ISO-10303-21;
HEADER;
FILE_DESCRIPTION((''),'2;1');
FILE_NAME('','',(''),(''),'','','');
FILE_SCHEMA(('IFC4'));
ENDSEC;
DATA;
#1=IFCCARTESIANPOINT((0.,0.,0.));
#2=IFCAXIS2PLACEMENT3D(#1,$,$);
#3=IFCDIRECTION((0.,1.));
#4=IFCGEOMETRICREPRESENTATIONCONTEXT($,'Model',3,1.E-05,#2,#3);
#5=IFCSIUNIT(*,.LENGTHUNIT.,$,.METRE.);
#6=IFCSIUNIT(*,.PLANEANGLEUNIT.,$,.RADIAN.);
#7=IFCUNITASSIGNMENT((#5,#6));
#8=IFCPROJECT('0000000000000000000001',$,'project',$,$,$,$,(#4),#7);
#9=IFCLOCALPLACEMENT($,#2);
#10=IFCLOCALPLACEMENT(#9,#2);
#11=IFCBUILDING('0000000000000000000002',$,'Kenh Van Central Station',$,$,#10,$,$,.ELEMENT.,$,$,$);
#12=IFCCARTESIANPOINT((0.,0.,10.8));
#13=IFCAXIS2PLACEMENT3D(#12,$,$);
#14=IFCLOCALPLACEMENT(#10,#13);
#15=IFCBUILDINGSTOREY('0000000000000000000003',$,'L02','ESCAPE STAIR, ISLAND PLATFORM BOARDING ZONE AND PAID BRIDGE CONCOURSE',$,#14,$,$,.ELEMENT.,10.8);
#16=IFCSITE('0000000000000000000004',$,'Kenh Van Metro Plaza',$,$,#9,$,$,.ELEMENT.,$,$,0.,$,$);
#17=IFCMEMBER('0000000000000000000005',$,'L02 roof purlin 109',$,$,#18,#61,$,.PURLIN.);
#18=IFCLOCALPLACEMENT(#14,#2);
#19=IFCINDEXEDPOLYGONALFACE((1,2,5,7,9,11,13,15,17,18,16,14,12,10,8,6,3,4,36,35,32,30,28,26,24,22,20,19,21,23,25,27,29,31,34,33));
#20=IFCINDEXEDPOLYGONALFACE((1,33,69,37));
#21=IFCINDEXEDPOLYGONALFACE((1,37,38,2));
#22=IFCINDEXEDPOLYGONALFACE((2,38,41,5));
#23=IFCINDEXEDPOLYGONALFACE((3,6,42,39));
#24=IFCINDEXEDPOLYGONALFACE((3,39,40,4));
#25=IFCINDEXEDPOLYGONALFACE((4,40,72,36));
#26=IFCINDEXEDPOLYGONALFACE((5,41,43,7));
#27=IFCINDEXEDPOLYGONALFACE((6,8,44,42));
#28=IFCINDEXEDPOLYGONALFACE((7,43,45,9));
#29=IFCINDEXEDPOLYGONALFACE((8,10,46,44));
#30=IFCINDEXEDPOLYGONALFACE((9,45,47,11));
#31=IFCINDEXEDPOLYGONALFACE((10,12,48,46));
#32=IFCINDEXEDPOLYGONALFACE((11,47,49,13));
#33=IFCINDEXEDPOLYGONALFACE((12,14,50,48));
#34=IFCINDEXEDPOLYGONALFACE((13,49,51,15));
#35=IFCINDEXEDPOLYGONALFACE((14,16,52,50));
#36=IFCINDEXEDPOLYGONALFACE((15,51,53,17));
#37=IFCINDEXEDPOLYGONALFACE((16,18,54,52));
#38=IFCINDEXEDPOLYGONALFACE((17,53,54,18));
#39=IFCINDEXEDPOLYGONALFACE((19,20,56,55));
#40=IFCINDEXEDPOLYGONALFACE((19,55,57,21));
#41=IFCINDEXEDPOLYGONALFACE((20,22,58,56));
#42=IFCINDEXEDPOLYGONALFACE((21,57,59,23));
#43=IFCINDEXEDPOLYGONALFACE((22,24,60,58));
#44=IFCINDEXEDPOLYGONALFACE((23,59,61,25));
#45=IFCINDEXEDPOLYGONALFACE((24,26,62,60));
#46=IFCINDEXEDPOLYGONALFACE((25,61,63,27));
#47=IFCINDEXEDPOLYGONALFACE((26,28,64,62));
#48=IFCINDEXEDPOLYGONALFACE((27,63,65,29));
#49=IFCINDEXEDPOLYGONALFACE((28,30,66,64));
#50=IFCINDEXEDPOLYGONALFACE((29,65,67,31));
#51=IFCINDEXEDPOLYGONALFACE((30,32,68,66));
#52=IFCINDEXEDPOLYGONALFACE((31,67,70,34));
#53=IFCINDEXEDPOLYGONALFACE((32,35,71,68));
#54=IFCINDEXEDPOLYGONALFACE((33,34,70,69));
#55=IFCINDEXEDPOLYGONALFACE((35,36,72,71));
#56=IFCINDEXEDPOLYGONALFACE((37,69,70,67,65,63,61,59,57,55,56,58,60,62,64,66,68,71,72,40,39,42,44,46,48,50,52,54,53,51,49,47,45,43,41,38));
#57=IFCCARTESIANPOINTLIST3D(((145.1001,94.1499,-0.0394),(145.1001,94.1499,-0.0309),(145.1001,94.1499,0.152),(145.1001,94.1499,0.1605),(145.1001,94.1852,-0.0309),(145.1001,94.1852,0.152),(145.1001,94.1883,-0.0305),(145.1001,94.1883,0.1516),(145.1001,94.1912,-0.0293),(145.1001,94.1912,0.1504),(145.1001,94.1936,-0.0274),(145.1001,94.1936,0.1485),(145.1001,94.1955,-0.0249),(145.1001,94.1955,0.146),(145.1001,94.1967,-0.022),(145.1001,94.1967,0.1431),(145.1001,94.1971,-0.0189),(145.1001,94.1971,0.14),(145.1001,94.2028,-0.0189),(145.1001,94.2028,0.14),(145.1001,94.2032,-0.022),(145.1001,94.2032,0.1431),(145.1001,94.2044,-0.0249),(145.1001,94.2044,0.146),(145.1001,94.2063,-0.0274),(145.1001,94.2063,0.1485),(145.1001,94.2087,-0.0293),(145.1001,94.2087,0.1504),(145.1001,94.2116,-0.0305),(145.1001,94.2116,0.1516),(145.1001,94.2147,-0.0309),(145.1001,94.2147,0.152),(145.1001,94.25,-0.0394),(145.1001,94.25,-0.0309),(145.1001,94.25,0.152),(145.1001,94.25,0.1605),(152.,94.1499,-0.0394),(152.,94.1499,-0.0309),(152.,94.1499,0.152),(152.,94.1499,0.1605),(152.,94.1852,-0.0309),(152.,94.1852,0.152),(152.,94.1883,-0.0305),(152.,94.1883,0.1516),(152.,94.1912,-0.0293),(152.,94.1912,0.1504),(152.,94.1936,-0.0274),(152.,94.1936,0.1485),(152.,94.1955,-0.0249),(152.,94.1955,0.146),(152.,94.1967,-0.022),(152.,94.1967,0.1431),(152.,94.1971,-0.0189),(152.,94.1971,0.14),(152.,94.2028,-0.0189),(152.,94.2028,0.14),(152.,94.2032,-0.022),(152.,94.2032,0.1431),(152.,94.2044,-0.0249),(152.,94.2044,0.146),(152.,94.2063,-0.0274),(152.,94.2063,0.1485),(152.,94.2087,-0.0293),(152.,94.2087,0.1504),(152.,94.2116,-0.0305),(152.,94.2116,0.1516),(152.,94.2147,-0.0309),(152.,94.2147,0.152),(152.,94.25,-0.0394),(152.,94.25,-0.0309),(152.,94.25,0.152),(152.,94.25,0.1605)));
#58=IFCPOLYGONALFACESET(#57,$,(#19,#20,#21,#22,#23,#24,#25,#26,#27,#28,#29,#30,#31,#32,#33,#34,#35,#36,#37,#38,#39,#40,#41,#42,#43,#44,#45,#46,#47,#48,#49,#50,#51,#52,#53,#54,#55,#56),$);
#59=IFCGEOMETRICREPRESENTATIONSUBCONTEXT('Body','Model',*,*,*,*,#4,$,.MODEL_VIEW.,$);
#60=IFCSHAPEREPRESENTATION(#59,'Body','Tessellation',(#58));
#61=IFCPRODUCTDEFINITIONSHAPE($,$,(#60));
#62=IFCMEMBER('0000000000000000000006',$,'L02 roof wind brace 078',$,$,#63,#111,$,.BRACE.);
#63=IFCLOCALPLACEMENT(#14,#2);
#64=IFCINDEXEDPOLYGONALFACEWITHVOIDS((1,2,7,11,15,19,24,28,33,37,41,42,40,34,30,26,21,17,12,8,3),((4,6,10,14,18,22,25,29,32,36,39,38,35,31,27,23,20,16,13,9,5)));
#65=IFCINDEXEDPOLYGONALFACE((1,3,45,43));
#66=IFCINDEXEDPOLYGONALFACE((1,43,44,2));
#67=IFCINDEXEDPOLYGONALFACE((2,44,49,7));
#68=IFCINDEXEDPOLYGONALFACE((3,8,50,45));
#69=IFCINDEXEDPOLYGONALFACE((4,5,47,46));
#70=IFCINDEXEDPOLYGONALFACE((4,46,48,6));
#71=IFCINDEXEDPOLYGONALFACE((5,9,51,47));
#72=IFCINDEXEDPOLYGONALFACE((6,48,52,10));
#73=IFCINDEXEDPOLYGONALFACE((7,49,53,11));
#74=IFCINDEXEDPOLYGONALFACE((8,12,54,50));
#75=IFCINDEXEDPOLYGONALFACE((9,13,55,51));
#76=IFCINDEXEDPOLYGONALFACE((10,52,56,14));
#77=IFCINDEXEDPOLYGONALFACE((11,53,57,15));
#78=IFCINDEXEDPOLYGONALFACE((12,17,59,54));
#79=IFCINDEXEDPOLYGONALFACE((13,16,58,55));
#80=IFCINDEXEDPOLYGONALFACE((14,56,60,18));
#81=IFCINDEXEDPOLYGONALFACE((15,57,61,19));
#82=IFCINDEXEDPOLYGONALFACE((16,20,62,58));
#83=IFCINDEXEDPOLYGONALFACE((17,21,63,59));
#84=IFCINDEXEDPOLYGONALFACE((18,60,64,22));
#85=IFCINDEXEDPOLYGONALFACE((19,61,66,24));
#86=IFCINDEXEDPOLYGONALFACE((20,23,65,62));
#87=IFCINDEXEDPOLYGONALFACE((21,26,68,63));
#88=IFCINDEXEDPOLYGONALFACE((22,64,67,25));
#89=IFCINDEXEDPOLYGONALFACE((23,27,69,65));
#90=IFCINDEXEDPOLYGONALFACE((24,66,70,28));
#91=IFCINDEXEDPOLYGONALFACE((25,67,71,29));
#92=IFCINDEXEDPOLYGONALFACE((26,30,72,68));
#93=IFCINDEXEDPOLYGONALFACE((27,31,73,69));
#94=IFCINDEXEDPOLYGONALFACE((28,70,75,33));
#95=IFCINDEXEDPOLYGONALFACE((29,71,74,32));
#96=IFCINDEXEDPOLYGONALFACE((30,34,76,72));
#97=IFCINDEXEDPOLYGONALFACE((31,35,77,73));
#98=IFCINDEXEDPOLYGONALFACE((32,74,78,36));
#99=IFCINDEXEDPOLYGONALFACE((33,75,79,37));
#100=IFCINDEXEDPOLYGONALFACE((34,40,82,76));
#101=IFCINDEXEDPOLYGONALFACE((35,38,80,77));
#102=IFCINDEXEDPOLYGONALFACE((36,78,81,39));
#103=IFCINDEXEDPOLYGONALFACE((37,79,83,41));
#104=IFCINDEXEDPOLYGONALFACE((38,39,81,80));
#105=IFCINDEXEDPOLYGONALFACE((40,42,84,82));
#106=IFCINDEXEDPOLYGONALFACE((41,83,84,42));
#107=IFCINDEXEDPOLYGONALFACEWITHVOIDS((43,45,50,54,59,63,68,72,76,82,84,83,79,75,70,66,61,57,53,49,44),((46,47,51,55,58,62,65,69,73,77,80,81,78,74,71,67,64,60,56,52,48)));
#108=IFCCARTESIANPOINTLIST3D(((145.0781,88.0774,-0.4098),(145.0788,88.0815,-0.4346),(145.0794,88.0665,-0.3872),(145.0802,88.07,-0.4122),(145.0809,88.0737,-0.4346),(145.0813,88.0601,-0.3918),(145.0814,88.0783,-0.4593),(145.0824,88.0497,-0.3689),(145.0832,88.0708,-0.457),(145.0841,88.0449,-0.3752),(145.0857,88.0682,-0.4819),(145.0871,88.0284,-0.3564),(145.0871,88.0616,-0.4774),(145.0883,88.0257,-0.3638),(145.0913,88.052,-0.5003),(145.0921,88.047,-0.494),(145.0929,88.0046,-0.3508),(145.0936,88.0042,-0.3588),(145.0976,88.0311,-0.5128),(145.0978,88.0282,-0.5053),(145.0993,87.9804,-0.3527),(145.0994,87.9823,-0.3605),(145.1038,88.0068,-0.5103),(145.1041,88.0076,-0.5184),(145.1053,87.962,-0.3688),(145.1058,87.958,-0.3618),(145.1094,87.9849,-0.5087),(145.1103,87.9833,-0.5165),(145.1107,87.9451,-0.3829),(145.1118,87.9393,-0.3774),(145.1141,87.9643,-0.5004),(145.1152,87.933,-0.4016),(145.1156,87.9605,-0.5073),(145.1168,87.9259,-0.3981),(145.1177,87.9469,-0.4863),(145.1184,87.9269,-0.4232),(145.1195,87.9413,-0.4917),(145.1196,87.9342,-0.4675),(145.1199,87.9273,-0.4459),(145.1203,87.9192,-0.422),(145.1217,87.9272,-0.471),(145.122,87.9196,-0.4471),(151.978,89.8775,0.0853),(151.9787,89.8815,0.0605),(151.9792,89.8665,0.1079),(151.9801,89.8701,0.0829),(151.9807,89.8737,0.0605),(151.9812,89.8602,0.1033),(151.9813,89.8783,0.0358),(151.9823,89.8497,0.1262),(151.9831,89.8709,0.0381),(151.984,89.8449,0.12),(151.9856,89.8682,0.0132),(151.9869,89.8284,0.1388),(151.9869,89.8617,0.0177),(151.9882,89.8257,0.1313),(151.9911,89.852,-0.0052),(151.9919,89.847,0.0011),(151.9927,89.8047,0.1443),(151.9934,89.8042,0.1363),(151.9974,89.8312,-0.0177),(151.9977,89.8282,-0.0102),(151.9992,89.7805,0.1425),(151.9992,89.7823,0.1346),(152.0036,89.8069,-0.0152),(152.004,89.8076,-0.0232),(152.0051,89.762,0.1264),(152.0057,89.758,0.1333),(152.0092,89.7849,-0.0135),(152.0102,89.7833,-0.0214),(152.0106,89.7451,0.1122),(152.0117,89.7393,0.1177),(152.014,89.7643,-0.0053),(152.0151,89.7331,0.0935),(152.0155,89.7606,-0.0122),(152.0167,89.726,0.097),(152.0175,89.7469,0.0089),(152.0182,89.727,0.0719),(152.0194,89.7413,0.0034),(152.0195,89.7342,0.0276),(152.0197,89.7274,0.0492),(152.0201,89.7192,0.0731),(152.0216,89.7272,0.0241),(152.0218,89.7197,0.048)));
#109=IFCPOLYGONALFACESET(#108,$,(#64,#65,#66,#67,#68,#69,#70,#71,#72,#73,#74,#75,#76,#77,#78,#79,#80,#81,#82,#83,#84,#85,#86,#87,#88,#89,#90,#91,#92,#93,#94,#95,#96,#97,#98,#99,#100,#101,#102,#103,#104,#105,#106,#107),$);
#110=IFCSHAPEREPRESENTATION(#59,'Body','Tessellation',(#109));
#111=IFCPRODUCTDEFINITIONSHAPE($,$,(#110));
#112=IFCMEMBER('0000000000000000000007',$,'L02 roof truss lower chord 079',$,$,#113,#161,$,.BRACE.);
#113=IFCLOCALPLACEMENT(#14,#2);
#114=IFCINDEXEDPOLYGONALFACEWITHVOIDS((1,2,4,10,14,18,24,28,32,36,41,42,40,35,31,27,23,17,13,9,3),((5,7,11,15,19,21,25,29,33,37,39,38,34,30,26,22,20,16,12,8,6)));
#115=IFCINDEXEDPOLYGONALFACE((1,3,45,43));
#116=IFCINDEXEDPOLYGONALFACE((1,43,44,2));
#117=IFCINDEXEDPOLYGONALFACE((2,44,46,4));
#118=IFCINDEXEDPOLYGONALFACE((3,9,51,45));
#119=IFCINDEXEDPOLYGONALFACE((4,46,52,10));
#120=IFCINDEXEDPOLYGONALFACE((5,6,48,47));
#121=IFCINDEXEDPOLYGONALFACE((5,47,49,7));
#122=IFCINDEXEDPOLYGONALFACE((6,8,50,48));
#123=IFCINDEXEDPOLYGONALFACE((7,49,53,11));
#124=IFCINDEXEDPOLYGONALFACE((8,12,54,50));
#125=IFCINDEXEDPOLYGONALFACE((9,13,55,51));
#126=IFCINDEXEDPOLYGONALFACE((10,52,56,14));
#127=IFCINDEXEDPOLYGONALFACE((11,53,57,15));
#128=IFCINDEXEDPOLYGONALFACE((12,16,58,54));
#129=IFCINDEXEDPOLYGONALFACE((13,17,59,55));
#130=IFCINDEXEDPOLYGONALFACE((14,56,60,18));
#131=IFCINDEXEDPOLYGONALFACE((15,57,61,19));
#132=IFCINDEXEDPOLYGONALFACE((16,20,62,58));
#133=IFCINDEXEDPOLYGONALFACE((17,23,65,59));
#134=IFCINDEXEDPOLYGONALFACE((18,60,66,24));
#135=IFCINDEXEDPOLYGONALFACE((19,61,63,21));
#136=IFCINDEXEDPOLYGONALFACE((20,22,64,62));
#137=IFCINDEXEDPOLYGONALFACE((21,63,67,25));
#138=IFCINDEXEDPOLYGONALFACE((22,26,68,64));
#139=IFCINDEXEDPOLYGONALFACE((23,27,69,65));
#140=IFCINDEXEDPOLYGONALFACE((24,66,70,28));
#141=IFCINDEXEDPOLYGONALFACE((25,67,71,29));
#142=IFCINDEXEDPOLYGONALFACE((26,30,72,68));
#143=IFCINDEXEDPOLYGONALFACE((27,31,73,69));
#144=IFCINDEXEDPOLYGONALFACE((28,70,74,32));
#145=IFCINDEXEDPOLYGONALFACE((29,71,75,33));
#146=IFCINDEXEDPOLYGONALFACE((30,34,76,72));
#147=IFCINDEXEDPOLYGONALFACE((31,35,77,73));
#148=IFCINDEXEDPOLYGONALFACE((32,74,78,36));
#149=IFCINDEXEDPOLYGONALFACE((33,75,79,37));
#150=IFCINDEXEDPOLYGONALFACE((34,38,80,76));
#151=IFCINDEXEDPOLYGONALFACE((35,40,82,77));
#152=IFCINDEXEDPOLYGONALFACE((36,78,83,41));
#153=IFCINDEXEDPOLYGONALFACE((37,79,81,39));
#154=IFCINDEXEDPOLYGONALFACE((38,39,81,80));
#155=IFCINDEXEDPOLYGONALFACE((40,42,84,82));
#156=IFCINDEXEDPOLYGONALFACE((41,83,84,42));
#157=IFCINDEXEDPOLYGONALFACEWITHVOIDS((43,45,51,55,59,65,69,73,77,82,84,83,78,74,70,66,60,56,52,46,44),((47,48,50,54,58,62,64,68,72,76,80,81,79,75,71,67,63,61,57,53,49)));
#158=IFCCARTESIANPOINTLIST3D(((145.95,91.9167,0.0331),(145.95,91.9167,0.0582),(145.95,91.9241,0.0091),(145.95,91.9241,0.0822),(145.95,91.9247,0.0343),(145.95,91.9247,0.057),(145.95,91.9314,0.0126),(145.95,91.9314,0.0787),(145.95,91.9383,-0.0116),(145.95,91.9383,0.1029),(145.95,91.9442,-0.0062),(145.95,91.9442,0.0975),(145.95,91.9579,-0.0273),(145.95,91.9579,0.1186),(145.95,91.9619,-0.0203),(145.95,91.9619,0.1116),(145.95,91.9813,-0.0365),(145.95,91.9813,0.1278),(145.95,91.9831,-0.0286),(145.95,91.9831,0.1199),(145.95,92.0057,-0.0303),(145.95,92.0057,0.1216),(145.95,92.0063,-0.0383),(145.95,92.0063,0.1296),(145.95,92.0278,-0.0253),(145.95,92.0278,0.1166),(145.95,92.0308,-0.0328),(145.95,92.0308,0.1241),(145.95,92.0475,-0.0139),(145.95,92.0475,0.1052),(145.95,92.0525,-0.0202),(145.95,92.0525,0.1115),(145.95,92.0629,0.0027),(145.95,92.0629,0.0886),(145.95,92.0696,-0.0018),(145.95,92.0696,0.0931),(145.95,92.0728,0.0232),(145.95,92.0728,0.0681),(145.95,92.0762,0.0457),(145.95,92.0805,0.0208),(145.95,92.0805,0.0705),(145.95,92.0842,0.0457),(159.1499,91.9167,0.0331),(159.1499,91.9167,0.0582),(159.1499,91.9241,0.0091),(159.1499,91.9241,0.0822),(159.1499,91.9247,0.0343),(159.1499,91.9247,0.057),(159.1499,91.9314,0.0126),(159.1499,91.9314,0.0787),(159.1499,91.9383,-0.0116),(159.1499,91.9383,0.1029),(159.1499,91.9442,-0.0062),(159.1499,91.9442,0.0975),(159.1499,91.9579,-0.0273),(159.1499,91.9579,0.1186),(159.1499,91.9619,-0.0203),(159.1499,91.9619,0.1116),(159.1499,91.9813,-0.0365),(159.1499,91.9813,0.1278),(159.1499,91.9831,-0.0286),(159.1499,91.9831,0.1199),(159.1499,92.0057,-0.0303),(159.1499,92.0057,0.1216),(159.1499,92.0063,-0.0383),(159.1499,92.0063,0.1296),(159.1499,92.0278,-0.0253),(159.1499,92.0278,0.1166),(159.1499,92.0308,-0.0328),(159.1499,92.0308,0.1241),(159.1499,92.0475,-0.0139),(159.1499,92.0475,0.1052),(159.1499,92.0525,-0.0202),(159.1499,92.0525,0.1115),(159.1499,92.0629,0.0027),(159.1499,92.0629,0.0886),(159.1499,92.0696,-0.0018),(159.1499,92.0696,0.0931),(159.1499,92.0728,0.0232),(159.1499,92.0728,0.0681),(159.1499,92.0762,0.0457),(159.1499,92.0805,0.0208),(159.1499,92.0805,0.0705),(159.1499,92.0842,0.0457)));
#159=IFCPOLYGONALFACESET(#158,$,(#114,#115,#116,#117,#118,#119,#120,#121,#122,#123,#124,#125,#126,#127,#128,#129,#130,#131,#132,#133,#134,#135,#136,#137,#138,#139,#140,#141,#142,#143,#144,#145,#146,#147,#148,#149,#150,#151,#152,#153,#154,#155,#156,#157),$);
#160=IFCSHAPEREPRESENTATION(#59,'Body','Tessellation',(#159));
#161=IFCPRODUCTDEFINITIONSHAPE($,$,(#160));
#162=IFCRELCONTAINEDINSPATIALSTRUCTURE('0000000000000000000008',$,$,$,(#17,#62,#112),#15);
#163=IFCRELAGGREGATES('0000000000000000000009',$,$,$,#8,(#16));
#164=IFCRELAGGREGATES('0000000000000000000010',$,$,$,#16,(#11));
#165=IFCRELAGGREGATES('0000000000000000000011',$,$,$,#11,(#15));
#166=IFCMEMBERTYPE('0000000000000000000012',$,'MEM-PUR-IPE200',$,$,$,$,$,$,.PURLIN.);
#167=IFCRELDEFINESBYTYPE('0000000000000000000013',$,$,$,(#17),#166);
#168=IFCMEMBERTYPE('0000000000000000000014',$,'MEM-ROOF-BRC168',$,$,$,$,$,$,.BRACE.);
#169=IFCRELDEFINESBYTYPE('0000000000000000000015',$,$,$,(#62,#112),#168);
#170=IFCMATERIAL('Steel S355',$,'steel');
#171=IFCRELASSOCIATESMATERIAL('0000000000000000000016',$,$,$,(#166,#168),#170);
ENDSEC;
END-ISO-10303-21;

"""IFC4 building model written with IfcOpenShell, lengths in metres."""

from ifc_helpers import new_model, si_unit, direction, frame, origin, origin_2d, place, context, subcontext, project, spatial, hollow_circle, i_section, extrude, material, material_profile, profile_set, type_object, element, save


model = new_model("IFC4")

# Units and contexts
model_context = context("Model", 3, precision=1e-05, world=origin(), true_north=direction((0.0, 1.0)))
body_context = subcontext(model_context, "Body", "Model", "MODEL_VIEW")
ifc_project = project(units=[si_unit("LENGTHUNIT", "METRE"), si_unit("PLANEANGLEUNIT", "RADIAN")], contexts=[model_context])

# Site, building, storey
site_placement = place(None, origin())
site = spatial("IfcSite", under=ifc_project, at=site_placement, Name="Kenh Van Metro Plaza", CompositionType="ELEMENT", RefElevation=0.0)
building_placement = place(site_placement, origin())
building = spatial("IfcBuilding", under=site, at=building_placement, Name="Kenh Van Central Station", CompositionType="ELEMENT")
storey_placement = place(building_placement, frame((0.0, 0.0, 10.8)))
storey = spatial("IfcBuildingStorey", under=building, at=storey_placement, Name="L02", Description="ESCAPE STAIR, ISLAND PLATFORM BOARDING ZONE AND PAID BRIDGE CONCOURSE", CompositionType="ELEMENT", Elevation=10.8)

# Shared definitions
ifc_material_1 = material(Name="Steel S355", Category="steel")

# Members
ifc_material_profile_1 = material_profile(ifc_material_1, i_section(OverallWidth=0.1001, OverallDepth=0.2, WebThickness=0.0056, FlangeThickness=0.0085, FilletRadius=0.012, at=origin_2d()), Name="IPE 200")
ifc_profile_set_1 = profile_set([ifc_material_profile_1], Name="Steel S355")
member_type_1 = type_object("IfcMemberType", Name="MEM-PUR-IPE200", PredefinedType="PURLIN", material=ifc_profile_set_1)
member_1_placement = place(storey_placement, frame((145.1001, 94.2, 0.0605), z_axis=(1.0, 0.0, 0.0), x_axis=(0.0, 1.0, 0.0)))
element("IfcMember", 1, at=member_1_placement, inside=storey, type_object=member_type_1, Name="L02 roof purlin 109", PredefinedType="PURLIN", context=body_context, shape_type="SweptSolid", body=[
    extrude(i_section(OverallWidth=0.1001, OverallDepth=0.2, WebThickness=0.0056, FlangeThickness=0.0085, FilletRadius=0.012, at=origin_2d()), origin(), (0.0, 0.0, 1.0), 6.8999),
])
ifc_material_profile_2 = material_profile(ifc_material_1, hollow_circle(Radius=0.0842, WallThickness=0.0081, at=origin_2d()), Name="CHS 168.3x8")
ifc_profile_set_2 = profile_set([ifc_material_profile_2], Name="Steel S355")
member_type_2 = type_object("IfcMemberType", Name="MEM-ROOF-BRC168", PredefinedType="BRACE", material=ifc_profile_set_2)
member_2_placement = place(storey_placement, frame((145.1001, 88.0, -0.4346), z_axis=(0.965291, 0.251825, 0.069266), x_axis=(-0.252432, 0.967615, 0.0)))
element("IfcMember", 2, at=member_2_placement, inside=storey, type_object=member_type_2, Name="L02 roof wind brace 078", PredefinedType="BRACE", context=body_context, shape_type="SweptSolid", body=[
    extrude(hollow_circle(Radius=0.0842, WallThickness=0.0081, at=origin_2d()), origin(), (0.0, 0.0, 1.0), 7.1479),
])
member_3_placement = place(storey_placement, frame((145.95, 92.0, 0.0457), z_axis=(1.0, 0.0, 0.0), x_axis=(0.0, 1.0, 0.0)))
element("IfcMember", 3, at=member_3_placement, inside=storey, type_object=member_type_2, Name="L02 roof truss lower chord 079", PredefinedType="BRACE", context=body_context, shape_type="SweptSolid", body=[
    extrude(hollow_circle(Radius=0.0842, WallThickness=0.0081, at=origin_2d()), origin(), (0.0, 0.0, 1.0), 13.2),
])

save(model, "model.ifc")
